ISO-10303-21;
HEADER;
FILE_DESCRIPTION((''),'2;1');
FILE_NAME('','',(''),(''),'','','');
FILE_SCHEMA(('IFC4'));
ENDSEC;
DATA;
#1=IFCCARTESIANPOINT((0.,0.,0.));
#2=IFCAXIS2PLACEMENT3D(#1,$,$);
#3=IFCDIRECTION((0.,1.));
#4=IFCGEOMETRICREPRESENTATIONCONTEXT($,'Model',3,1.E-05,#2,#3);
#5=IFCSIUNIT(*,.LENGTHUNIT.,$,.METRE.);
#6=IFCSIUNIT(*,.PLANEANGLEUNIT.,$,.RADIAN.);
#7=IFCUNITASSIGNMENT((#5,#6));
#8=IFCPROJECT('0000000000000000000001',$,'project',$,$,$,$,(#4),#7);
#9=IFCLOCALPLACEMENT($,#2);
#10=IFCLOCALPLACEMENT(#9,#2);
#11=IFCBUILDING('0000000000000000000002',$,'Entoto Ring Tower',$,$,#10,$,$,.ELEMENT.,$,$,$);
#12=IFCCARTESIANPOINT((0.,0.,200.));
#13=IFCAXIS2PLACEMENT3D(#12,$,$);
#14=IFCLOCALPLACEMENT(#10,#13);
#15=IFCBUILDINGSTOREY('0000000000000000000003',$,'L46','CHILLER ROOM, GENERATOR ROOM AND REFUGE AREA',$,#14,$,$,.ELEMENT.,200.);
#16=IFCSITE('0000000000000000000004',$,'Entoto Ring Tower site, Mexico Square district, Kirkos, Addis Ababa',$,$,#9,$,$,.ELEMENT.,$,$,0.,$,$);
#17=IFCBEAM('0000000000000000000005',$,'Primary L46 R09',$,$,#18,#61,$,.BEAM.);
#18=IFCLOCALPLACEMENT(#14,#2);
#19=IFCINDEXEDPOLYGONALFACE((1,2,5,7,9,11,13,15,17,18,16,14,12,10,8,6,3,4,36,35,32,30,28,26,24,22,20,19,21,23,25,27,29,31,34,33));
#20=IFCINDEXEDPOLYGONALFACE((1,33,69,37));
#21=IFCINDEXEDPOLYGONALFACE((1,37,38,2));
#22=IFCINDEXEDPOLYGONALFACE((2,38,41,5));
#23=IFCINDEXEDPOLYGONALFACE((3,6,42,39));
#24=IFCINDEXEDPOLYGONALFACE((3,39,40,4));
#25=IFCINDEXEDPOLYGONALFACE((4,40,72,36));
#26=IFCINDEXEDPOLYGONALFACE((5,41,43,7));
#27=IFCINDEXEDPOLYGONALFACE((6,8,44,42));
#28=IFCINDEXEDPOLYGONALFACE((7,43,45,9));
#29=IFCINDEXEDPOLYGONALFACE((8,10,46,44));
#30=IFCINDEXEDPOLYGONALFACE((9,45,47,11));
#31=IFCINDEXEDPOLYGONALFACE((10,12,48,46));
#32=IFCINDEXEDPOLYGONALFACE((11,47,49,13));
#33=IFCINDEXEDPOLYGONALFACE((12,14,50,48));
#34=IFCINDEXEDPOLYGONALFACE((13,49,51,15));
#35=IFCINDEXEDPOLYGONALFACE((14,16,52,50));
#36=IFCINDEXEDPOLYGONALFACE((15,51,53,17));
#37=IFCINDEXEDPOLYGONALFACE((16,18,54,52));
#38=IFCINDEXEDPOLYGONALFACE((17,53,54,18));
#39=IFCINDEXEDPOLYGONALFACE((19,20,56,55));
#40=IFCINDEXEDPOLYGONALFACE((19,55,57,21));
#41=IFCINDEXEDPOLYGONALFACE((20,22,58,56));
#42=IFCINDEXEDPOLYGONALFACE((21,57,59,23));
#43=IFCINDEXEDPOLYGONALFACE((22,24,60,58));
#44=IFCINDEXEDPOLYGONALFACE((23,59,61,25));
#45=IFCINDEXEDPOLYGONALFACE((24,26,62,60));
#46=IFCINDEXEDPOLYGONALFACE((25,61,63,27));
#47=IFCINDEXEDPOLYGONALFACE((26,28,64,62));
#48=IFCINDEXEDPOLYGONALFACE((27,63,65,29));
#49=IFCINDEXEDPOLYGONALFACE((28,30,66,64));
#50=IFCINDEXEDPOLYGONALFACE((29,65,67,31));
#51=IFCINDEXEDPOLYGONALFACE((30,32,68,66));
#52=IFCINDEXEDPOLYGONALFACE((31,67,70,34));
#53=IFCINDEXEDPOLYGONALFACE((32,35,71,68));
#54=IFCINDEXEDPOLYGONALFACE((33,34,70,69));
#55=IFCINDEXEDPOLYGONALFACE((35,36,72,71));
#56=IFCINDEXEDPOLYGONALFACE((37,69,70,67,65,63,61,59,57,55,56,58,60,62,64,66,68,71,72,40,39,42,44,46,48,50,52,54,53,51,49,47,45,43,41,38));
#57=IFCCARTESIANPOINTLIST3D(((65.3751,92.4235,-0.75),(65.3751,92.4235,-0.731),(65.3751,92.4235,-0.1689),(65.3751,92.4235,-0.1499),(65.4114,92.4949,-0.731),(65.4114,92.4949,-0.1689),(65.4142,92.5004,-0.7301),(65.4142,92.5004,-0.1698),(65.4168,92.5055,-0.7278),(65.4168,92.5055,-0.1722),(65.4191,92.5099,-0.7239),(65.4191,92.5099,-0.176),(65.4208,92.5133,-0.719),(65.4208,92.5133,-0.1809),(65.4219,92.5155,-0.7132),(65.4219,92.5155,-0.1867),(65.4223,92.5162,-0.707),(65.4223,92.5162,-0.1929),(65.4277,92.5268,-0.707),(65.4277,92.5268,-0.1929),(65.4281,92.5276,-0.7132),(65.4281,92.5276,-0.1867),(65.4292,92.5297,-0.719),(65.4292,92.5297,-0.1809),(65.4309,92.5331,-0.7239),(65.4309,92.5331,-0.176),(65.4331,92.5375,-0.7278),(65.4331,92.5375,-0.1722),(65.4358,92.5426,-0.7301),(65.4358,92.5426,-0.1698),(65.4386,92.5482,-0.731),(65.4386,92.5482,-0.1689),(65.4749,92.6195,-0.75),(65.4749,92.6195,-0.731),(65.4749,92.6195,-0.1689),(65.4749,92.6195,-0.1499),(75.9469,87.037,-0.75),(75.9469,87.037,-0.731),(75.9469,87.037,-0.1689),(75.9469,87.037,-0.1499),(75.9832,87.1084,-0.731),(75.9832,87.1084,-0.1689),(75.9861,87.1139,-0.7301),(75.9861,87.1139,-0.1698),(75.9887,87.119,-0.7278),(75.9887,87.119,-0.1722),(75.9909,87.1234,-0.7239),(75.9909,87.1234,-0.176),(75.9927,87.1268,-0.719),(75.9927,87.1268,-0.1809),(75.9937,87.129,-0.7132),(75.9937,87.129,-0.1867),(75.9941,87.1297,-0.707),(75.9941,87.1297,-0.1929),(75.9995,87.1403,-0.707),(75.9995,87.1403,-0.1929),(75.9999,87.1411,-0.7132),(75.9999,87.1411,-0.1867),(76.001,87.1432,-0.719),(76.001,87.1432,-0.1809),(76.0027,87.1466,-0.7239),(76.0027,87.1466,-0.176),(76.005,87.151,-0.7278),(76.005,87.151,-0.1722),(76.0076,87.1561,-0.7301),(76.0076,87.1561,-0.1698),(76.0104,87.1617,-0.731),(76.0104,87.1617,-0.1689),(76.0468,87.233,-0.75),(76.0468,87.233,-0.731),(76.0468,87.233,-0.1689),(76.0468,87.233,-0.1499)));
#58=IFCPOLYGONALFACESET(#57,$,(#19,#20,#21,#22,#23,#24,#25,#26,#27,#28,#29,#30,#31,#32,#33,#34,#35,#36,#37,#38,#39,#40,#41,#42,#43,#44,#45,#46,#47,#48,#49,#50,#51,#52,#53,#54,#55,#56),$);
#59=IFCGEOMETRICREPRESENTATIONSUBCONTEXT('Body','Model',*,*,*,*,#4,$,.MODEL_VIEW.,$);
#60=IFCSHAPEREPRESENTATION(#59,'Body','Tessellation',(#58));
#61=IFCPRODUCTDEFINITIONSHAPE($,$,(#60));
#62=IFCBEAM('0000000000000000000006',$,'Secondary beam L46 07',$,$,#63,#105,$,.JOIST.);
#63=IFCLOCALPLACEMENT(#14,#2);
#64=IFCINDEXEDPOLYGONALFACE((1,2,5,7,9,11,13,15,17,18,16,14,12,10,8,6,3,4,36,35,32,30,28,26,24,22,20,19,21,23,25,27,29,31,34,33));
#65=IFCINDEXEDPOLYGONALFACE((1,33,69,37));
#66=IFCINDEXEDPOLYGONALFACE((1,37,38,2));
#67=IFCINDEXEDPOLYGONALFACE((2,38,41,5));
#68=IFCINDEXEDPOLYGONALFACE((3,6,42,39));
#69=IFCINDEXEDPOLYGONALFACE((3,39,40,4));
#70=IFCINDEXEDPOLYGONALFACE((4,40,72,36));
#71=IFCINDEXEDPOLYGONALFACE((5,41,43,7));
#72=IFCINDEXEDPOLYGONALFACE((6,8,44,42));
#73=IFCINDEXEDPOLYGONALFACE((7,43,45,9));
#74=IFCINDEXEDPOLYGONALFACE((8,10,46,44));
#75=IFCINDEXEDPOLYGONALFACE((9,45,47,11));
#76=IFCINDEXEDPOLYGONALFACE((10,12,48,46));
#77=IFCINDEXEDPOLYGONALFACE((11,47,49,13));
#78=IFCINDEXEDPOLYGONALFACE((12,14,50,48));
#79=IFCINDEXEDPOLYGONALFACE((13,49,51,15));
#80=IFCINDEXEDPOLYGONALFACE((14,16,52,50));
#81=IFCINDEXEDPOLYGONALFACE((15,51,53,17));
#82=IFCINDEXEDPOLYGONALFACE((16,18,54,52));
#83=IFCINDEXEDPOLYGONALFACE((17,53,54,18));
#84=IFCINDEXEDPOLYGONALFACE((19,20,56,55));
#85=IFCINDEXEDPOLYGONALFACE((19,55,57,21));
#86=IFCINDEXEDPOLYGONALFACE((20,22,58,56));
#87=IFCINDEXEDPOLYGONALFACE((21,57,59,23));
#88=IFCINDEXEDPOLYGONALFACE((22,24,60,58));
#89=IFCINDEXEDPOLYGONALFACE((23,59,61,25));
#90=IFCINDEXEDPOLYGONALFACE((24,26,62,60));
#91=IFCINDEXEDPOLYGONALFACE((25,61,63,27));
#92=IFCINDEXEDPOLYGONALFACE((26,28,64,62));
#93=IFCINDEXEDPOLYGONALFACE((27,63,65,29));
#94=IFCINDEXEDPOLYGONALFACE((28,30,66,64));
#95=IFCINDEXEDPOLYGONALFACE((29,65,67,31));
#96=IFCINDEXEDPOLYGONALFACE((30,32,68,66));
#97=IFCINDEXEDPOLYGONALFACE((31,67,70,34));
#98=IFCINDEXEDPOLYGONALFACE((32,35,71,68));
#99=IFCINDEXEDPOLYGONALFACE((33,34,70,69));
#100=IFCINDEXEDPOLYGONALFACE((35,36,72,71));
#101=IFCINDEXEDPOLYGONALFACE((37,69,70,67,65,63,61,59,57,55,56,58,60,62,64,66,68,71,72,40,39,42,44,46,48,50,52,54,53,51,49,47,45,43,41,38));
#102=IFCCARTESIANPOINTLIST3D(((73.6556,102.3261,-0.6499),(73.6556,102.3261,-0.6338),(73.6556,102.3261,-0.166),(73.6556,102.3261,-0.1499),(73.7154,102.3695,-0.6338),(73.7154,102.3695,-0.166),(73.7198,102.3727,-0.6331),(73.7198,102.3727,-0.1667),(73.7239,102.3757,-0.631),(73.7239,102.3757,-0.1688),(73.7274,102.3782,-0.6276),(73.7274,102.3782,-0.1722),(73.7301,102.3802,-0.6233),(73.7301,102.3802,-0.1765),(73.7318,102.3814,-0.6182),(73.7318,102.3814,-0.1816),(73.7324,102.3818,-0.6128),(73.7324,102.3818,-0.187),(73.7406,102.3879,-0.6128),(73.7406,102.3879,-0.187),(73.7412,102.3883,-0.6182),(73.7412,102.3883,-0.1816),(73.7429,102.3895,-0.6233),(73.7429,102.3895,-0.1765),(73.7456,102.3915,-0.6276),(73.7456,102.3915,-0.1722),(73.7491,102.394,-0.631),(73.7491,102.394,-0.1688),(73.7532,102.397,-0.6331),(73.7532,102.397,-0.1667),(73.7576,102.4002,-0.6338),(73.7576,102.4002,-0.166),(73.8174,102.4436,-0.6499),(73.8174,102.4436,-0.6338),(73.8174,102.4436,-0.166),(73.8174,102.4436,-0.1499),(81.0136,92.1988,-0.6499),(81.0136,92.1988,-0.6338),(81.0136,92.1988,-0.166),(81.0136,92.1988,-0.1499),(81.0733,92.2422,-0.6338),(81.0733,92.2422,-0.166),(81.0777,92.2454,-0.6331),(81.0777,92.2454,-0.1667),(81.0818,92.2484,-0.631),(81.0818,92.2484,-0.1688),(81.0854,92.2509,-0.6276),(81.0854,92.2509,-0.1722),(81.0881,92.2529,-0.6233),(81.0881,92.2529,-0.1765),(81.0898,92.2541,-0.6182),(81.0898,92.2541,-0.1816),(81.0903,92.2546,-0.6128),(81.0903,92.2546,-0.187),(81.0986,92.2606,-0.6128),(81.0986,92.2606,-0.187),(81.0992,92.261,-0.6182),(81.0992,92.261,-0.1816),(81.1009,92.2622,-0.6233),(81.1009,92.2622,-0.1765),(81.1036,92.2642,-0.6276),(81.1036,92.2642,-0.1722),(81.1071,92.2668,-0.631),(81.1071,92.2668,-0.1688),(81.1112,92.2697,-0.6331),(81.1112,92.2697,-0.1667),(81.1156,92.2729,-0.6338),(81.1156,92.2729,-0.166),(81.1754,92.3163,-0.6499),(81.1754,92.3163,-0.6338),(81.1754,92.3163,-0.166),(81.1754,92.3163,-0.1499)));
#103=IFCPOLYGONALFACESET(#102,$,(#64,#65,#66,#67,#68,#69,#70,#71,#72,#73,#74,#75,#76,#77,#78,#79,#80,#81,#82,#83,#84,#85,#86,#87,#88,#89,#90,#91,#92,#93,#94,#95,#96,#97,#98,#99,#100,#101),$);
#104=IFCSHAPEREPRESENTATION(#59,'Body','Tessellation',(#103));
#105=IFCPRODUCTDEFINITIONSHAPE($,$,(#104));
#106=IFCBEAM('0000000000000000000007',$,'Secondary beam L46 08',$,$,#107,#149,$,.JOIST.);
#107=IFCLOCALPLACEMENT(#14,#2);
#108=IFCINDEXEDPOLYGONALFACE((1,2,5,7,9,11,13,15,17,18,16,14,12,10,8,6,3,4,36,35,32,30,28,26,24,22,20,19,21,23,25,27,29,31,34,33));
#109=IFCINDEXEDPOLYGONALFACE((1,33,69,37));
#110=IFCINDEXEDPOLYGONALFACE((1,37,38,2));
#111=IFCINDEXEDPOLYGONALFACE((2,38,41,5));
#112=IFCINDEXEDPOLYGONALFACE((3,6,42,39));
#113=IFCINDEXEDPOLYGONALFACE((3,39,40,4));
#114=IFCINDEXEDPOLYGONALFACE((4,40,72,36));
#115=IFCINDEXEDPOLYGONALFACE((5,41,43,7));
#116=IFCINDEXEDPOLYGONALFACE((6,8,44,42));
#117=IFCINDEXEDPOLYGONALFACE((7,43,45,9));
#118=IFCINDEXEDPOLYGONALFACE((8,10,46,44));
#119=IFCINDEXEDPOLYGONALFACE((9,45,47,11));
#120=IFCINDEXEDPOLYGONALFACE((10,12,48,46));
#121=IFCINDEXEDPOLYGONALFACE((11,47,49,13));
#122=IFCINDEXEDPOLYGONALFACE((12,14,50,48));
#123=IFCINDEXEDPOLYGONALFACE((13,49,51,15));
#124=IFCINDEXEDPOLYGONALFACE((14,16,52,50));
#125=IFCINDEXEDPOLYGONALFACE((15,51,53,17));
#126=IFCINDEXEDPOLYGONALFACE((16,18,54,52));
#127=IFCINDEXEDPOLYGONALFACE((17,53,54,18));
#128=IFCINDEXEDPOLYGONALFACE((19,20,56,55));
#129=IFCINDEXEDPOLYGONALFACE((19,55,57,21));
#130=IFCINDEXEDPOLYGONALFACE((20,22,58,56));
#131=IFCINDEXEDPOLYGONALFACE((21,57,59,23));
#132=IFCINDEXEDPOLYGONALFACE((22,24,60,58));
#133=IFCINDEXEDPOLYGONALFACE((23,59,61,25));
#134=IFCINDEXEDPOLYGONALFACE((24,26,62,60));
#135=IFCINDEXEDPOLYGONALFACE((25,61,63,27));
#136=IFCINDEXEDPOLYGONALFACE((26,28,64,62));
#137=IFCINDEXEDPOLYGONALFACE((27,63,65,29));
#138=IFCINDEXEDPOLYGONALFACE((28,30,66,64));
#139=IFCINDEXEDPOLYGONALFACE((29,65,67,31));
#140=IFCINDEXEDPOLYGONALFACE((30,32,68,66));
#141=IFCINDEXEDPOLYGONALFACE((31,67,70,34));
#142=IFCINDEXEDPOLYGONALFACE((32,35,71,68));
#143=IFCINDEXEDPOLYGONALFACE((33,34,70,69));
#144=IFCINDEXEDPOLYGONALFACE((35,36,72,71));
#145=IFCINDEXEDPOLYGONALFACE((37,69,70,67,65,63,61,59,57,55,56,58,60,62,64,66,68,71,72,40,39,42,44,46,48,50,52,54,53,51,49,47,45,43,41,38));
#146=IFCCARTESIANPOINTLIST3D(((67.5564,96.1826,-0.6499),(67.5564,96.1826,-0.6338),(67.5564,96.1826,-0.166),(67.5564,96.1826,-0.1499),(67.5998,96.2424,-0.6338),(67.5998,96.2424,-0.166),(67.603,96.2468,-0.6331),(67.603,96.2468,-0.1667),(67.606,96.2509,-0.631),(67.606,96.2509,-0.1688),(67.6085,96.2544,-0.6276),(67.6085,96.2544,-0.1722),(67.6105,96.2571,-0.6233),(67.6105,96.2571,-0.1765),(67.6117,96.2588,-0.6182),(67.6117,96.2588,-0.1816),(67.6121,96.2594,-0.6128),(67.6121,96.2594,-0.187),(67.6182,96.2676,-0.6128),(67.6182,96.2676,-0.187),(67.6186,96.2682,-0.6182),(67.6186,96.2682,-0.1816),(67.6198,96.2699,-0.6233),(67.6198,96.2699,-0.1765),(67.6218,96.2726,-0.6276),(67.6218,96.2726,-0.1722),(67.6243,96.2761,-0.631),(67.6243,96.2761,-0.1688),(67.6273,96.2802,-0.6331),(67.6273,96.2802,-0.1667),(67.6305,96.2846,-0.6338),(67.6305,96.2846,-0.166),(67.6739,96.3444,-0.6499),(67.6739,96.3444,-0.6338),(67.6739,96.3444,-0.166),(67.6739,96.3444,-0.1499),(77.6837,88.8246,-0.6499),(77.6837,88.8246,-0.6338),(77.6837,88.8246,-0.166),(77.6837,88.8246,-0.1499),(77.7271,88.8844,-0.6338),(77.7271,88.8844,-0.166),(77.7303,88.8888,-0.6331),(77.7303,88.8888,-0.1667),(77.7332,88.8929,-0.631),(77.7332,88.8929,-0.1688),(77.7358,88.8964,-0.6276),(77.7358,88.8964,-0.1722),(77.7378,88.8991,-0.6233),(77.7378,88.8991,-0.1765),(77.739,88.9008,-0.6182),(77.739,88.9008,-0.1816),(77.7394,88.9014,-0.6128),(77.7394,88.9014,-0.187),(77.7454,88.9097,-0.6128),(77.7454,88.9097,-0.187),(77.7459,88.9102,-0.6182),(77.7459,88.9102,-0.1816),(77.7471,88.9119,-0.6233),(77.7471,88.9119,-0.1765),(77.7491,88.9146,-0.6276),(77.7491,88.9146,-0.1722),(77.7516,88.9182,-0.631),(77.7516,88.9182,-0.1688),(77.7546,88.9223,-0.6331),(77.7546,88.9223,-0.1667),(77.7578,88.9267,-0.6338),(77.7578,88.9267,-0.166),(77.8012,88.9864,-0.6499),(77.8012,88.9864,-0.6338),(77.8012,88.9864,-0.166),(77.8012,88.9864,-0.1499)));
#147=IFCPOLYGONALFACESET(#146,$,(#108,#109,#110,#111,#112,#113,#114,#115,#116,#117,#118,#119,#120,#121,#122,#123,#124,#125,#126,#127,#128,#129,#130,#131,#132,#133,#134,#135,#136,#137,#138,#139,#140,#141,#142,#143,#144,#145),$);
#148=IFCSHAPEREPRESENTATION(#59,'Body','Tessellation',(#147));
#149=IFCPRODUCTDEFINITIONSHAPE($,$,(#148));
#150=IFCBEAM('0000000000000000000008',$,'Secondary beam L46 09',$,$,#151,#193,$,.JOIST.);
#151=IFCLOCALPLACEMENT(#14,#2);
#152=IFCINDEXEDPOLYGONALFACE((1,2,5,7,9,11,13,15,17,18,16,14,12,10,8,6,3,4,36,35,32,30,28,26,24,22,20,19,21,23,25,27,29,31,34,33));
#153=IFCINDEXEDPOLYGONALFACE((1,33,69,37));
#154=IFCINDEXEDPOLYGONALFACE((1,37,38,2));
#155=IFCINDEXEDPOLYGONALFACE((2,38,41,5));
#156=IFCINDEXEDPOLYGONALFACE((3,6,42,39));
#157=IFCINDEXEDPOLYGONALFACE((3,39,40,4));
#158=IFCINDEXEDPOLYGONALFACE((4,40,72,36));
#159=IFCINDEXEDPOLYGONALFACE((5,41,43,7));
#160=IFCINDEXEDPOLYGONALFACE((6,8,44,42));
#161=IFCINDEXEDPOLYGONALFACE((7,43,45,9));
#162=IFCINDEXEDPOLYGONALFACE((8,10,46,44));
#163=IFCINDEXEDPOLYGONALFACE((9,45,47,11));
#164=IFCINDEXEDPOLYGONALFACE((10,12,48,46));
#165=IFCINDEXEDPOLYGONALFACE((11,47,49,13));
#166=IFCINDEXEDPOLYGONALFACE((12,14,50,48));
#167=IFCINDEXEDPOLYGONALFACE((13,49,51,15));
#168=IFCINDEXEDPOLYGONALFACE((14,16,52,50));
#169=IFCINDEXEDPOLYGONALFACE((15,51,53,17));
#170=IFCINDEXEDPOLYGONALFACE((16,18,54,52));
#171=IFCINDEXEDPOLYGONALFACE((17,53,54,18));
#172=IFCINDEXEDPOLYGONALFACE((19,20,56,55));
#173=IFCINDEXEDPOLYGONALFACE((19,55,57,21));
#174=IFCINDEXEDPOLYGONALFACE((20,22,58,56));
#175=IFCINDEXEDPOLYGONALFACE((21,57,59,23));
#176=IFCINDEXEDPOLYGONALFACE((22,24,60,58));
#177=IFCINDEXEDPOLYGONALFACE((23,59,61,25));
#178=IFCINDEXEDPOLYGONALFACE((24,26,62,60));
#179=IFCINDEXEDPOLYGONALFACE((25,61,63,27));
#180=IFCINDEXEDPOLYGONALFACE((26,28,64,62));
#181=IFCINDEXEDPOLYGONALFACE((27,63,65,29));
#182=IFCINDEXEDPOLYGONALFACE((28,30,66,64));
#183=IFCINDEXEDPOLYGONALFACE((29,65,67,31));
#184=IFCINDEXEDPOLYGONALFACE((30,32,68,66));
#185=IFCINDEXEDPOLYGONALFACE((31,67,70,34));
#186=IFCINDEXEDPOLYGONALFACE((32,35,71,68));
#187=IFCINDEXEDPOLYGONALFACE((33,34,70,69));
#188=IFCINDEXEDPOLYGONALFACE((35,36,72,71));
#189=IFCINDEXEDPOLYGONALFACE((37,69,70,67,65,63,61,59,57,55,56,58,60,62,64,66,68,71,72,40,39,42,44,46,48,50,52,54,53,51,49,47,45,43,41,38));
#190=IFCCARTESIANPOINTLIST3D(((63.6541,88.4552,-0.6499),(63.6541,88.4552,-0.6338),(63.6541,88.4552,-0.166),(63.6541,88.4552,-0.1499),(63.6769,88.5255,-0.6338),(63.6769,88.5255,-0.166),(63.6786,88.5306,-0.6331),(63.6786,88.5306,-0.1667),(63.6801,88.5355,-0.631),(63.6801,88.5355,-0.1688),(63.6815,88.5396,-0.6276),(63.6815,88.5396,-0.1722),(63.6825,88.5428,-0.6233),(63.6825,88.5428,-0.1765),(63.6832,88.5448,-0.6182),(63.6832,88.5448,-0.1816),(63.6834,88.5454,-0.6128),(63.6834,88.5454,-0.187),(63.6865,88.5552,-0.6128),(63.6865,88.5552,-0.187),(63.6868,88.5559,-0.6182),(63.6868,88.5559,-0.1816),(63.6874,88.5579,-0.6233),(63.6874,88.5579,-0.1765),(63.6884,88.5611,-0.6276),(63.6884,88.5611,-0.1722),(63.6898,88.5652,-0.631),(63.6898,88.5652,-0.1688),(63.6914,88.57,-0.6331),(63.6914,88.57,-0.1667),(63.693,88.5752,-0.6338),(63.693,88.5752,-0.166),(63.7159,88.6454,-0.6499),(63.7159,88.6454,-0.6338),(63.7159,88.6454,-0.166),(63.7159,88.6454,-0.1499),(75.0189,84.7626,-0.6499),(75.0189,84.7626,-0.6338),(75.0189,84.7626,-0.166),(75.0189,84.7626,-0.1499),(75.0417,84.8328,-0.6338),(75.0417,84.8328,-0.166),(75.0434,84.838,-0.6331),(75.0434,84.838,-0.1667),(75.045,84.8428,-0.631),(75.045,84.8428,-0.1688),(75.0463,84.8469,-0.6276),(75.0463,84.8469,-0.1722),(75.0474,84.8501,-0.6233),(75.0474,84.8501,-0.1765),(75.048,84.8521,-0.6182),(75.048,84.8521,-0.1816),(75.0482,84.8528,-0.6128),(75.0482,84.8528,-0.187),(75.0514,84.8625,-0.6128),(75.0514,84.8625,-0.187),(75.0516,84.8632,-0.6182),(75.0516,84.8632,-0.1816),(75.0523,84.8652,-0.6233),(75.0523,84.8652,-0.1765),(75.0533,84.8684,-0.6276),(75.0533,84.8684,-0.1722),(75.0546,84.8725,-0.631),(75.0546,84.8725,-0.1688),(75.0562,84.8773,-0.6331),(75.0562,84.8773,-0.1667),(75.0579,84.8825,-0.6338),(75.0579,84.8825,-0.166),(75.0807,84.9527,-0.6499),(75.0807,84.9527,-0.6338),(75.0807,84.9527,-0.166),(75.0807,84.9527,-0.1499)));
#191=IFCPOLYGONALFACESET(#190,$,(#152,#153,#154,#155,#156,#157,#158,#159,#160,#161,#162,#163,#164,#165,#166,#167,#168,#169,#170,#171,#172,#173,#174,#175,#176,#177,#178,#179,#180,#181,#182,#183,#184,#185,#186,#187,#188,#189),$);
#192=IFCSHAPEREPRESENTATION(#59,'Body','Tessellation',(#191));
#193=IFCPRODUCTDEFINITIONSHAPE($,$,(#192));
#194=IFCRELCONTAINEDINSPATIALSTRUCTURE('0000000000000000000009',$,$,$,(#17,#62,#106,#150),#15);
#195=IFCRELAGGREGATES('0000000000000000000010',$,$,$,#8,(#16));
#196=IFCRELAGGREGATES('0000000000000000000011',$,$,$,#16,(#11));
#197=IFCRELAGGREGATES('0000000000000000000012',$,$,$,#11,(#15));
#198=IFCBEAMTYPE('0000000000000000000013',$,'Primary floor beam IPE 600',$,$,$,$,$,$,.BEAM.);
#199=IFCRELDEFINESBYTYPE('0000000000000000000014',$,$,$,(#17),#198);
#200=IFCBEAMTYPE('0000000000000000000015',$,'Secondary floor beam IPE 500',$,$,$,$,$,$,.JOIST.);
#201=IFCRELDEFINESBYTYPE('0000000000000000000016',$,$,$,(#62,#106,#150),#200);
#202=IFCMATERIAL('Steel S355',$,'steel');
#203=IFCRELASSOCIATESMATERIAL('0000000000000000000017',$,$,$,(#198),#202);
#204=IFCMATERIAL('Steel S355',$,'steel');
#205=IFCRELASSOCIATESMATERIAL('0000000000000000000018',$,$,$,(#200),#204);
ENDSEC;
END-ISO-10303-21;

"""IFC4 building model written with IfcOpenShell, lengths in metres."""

from ifc_helpers import new_model, si_unit, direction, frame, origin, origin_2d, place, context, subcontext, project, spatial, i_section, extrude, material, material_profile, profile_set, type_object, element, save


model = new_model("IFC4")

# Units and contexts
model_context = context("Model", 3, precision=1e-05, world=origin(), true_north=direction((0.0, 1.0)))
body_context = subcontext(model_context, "Body", "Model", "MODEL_VIEW")
ifc_project = project(units=[si_unit("LENGTHUNIT", "METRE"), si_unit("PLANEANGLEUNIT", "RADIAN")], contexts=[model_context])

# Site, building, storey
site_placement = place(None, origin())
site = spatial("IfcSite", under=ifc_project, at=site_placement, Name="Entoto Ring Tower site, Mexico Square district, Kirkos, Addis Ababa", CompositionType="ELEMENT", RefElevation=0.0)
building_placement = place(site_placement, origin())
building = spatial("IfcBuilding", under=site, at=building_placement, Name="Entoto Ring Tower", CompositionType="ELEMENT")
storey_placement = place(building_placement, frame((0.0, 0.0, 200.0)))
storey = spatial("IfcBuildingStorey", under=building, at=storey_placement, Name="L46", Description="CHILLER ROOM, GENERATOR ROOM AND REFUGE AREA", CompositionType="ELEMENT", Elevation=200.0)

# Beams
ifc_material_1 = material(Name="Steel S355", Category="steel")
ifc_material_profile_1 = material_profile(ifc_material_1, i_section(OverallWidth=0.22, OverallDepth=0.6001, WebThickness=0.012, FlangeThickness=0.019, FilletRadius=0.0239, at=origin_2d()), Name="IPE 600")
ifc_profile_set_1 = profile_set([ifc_material_profile_1], Name="Steel S355")
beam_type_1 = type_object("IfcBeamType", Name="Primary floor beam IPE 600", PredefinedType="BEAM", material=ifc_profile_set_1)
beam_1_placement = place(storey_placement, frame((75.9968, 87.135, -0.45), z_axis=(-0.89101, 0.453983, 0.0), x_axis=(-0.453983, -0.89101, 0.0)))
element("IfcBeam", 1, at=beam_1_placement, inside=storey, type_object=beam_type_1, Name="Primary L46 R09", PredefinedType="BEAM", context=body_context, shape_type="SweptSolid", body=[
    extrude(i_section(OverallWidth=0.22, OverallDepth=0.6001, WebThickness=0.012, FlangeThickness=0.019, FilletRadius=0.0239, at=origin_2d()), origin(), (0.0, 0.0, 1.0), 11.865),
])
ifc_material_2 = material(Name="Steel S355", Category="steel")
ifc_material_profile_2 = material_profile(ifc_material_2, i_section(OverallWidth=0.2, OverallDepth=0.5, WebThickness=0.0103, FlangeThickness=0.0161, FilletRadius=0.021, at=origin_2d()), Name="IPE 500")
ifc_profile_set_2 = profile_set([ifc_material_profile_2], Name="Steel S355")
beam_type_2 = type_object("IfcBeamType", Name="Secondary floor beam IPE 500", PredefinedType="JOIST", material=ifc_profile_set_2)
for number, where, z_axis, x_axis, name in (
    (2, (81.0945, 92.2576, -0.3999), (-0.587789, 0.809014, 0.0), (-0.809014, -0.587789, 0.0), "Secondary beam L46 07"),
    (3, (77.7424, 88.9055, -0.3999), (-0.809014, 0.587789, 0.0), (-0.587789, -0.809014, 0.0), "Secondary beam L46 08"),
):
    element("IfcBeam", number, at=place(storey_placement, frame(where, z_axis=z_axis, x_axis=x_axis)), inside=storey, type_object=beam_type_2, Name=name, PredefinedType="JOIST", context=body_context, shape_type="SweptSolid", body=[
        extrude(i_section(OverallWidth=0.2, OverallDepth=0.5, WebThickness=0.0103, FlangeThickness=0.0161, FilletRadius=0.021, at=origin_2d()), origin(), (0.0, 0.0, 1.0), 12.5181),
    ])
beam_2_placement = place(storey_placement, frame((75.0498, 84.8577, -0.3999), z_axis=(-0.951057, 0.309017, 0.0), x_axis=(-0.309017, -0.951057, 0.0)))
element("IfcBeam", 4, at=beam_2_placement, inside=storey, type_object=beam_type_2, Name="Secondary beam L46 09", PredefinedType="JOIST", context=body_context, shape_type="SweptSolid", body=[
    extrude(i_section(OverallWidth=0.2, OverallDepth=0.5, WebThickness=0.0103, FlangeThickness=0.0161, FilletRadius=0.021, at=origin_2d()), origin(), (0.0, 0.0, 1.0), 11.9497),
])

save(model, "model.ifc")
